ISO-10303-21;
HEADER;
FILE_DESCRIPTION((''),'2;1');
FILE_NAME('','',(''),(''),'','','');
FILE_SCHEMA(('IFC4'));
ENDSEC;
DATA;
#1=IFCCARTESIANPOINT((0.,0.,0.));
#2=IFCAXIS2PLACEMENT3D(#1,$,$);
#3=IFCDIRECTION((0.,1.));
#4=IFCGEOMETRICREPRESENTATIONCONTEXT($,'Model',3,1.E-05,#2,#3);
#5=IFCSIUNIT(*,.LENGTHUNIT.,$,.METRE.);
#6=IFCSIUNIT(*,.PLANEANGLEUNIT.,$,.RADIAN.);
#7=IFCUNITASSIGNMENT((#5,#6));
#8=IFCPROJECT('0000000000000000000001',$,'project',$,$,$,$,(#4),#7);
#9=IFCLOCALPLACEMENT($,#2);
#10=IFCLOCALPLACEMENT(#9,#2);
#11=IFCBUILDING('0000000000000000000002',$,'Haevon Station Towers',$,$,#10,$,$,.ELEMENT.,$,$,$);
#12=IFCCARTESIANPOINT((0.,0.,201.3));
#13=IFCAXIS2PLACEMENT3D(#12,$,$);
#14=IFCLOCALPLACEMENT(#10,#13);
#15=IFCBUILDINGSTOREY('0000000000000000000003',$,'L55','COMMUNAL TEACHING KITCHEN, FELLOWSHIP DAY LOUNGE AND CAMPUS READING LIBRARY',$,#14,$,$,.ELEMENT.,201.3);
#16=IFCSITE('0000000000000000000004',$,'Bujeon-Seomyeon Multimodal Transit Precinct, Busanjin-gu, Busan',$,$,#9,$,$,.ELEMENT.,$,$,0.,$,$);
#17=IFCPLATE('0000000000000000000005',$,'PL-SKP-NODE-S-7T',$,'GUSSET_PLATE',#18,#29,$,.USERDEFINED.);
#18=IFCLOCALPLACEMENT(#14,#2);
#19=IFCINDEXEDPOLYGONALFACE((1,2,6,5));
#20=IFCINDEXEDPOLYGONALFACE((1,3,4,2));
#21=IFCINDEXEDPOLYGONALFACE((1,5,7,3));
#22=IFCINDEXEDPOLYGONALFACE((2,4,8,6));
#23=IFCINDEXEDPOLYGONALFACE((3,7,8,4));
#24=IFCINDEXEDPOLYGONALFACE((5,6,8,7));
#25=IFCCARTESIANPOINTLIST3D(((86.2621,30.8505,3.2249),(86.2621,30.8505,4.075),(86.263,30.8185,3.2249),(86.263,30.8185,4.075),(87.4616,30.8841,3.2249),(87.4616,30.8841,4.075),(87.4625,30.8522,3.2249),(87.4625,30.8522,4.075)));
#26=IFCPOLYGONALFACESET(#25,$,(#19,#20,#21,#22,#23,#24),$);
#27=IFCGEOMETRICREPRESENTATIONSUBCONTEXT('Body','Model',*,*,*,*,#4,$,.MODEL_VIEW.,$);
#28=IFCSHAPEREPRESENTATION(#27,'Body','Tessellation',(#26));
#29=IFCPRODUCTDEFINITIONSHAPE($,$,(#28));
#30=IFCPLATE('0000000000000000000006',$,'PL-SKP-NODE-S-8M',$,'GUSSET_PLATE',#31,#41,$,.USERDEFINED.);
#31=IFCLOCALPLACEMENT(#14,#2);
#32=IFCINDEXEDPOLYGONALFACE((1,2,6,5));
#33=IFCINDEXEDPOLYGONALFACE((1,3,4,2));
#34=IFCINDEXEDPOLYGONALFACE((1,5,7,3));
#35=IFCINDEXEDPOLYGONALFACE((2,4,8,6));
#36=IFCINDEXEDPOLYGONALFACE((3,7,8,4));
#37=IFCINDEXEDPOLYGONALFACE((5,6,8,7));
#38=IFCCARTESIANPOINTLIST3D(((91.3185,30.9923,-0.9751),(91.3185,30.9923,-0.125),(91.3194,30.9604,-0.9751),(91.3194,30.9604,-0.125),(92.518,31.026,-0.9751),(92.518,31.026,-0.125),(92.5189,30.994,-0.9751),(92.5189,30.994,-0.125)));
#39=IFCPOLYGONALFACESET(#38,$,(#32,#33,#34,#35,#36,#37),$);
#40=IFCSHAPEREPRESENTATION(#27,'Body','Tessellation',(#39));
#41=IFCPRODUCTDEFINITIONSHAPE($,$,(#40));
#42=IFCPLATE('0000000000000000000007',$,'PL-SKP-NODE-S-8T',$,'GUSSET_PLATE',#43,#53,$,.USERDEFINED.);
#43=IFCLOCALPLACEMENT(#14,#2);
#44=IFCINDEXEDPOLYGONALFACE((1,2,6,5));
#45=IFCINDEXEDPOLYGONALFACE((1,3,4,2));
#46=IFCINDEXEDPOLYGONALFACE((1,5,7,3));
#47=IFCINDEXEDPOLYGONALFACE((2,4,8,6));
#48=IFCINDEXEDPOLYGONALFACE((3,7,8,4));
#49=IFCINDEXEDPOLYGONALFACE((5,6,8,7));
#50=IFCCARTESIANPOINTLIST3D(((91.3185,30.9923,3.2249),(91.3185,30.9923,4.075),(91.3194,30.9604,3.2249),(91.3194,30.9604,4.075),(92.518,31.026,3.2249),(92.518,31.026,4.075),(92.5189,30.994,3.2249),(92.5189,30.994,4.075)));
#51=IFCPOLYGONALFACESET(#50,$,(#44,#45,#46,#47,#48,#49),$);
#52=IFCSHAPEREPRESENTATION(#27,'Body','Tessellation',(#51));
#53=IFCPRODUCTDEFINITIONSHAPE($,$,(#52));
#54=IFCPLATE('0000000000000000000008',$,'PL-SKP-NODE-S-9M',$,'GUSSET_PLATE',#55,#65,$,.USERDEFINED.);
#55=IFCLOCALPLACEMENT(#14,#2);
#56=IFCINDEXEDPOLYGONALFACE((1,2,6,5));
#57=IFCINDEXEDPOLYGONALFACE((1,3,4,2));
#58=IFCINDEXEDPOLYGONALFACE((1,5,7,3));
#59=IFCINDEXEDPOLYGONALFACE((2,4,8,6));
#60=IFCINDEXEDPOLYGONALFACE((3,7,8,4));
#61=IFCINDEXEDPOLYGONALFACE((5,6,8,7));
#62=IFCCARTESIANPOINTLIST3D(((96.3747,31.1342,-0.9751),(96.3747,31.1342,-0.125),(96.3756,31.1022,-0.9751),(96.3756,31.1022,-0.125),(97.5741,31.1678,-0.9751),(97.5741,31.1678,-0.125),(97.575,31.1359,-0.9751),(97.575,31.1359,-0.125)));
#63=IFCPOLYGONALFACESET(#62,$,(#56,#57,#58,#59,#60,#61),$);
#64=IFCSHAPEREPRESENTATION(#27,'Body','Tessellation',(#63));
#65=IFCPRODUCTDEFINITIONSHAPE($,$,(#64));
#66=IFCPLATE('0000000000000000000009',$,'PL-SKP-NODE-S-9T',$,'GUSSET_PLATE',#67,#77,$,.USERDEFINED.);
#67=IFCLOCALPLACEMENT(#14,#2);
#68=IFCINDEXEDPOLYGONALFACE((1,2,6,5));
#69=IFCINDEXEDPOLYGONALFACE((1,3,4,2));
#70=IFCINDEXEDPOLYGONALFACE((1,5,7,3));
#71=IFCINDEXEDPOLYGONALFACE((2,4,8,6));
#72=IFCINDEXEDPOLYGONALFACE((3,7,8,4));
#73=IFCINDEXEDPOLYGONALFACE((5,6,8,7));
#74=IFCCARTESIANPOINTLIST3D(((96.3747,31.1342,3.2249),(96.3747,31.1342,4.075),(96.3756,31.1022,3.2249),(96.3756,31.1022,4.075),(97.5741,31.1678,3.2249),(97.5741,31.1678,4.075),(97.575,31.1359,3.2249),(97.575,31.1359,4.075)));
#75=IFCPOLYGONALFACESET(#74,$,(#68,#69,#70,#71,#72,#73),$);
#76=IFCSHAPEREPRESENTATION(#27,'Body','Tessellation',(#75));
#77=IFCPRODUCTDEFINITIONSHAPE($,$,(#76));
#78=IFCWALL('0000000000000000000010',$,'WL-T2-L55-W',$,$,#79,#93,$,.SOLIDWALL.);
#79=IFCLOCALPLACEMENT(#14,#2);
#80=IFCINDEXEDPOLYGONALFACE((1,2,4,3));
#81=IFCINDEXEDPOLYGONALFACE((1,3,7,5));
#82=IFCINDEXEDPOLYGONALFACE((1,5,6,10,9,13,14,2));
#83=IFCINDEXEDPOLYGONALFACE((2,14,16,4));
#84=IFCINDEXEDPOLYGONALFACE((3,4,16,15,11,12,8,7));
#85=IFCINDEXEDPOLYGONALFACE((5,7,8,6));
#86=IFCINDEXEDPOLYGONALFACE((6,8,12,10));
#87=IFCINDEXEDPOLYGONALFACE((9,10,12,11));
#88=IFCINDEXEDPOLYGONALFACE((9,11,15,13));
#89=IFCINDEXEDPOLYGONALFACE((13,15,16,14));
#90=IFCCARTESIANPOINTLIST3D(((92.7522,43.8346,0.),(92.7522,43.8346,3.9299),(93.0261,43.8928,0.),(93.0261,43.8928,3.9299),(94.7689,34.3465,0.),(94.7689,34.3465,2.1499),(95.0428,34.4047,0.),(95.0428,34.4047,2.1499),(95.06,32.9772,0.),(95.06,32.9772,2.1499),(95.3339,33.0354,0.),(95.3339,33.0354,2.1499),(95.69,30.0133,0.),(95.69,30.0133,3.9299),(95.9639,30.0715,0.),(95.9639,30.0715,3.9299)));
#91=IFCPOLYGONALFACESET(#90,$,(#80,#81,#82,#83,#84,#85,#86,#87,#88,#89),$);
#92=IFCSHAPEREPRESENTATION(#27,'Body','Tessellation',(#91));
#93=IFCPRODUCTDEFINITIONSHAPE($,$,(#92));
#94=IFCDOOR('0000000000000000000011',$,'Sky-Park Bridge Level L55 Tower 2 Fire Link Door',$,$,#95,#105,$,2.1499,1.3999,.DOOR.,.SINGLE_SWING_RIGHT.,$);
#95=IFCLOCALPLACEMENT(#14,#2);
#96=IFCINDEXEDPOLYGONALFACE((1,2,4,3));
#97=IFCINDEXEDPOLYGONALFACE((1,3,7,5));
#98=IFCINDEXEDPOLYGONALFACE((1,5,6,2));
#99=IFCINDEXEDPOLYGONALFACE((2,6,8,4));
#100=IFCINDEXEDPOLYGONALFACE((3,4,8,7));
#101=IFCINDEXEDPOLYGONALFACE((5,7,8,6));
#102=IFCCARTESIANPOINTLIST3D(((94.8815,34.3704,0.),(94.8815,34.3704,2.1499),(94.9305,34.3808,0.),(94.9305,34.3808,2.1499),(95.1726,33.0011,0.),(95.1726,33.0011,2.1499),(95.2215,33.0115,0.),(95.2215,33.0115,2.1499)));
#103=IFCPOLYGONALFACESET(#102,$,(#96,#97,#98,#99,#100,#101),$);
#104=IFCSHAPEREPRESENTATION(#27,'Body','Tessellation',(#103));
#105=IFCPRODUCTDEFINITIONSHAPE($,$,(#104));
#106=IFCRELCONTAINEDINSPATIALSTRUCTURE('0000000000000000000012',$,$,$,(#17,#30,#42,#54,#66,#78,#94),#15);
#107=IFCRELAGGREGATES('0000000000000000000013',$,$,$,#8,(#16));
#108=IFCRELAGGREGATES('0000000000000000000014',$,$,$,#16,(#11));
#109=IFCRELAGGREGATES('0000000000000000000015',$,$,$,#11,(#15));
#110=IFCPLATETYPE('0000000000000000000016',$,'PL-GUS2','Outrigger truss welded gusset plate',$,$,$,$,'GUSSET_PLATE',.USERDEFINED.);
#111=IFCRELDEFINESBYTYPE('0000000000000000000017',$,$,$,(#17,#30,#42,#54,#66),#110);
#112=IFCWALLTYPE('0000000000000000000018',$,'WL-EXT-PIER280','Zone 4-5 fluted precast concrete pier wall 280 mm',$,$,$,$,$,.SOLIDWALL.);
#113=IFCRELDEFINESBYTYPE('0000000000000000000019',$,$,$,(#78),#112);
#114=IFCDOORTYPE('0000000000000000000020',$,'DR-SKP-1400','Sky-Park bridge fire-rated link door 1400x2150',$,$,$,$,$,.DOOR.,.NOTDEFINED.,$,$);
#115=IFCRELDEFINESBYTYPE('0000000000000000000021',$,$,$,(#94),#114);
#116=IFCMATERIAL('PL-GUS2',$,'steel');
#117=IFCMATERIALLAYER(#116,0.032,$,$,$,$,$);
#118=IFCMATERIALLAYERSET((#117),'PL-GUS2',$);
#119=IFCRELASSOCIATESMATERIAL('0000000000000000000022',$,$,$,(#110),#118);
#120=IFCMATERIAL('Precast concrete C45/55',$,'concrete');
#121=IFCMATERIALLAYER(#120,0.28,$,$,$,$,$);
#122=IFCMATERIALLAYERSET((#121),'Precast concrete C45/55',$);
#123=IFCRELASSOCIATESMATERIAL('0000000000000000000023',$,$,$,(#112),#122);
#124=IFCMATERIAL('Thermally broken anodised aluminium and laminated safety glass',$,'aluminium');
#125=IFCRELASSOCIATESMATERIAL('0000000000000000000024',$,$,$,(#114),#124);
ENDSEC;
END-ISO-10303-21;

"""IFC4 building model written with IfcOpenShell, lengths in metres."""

from ifc_helpers import new_model, si_unit, direction, frame, frame_2d, origin, origin_2d, place, context, subcontext, project, spatial, rectangle, extrude, material, layer, layer_set, type_object, element, fill, save


model = new_model("IFC4")

# Units and contexts
model_context = context("Model", 3, precision=1e-05, world=origin(), true_north=direction((0.0, 1.0)))
body_context = subcontext(model_context, "Body", "Model", "MODEL_VIEW")
ifc_project = project(units=[si_unit("LENGTHUNIT", "METRE"), si_unit("PLANEANGLEUNIT", "RADIAN")], contexts=[model_context])

# Site, building, storey
site_placement = place(None, origin())
site = spatial("IfcSite", under=ifc_project, at=site_placement, Name="Bujeon-Seomyeon Multimodal Transit Precinct, Busanjin-gu, Busan", CompositionType="ELEMENT", RefElevation=0.0)
building_placement = place(site_placement, origin())
building = spatial("IfcBuilding", under=site, at=building_placement, Name="Haevon Station Towers", CompositionType="ELEMENT")
storey_placement = place(building_placement, frame((0.0, 0.0, 201.3)))
storey = spatial("IfcBuildingStorey", under=building, at=storey_placement, Name="L55", Description="COMMUNAL TEACHING KITCHEN, FELLOWSHIP DAY LOUNGE AND CAMPUS READING LIBRARY", CompositionType="ELEMENT", Elevation=201.3)

# Plates
ifc_material_1 = material(Name="PL-GUS2", Category="steel")
ifc_layer_1 = layer(ifc_material_1, 0.032)
ifc_layer_set_1 = layer_set([ifc_layer_1], Name="PL-GUS2")
plate_type = type_object("IfcPlateType", Name="PL-GUS2", Description="Outrigger truss welded gusset plate", ElementType="GUSSET_PLATE", PredefinedType="USERDEFINED", material=ifc_layer_set_1)
for number, where, z_axis, x_axis, name in (
    (1, (86.8623, 30.8513, 3.2249), (0.0, 0.0, 1.0), (0.999607, 0.028049, 0.0), "PL-SKP-NODE-S-7T"),
    (2, (91.9187, 30.9932, -0.9751), (0.0, 0.0, 1.0), (0.999607, 0.028049, 0.0), "PL-SKP-NODE-S-8M"),
    (3, (91.9187, 30.9932, 3.2249), (0.0, 0.0, 1.0), (0.999607, 0.028049, 0.0), "PL-SKP-NODE-S-8T"),
    (4, (96.9749, 31.135, -0.9751), (0.0, 0.0, 1.0), (0.999607, 0.028049, 0.0), "PL-SKP-NODE-S-9M"),
    (5, (96.9749, 31.135, 3.2249), (0.0, 0.0, 1.0), (0.999607, 0.028049, 0.0), "PL-SKP-NODE-S-9T"),
):
    element("IfcPlate", number, at=place(storey_placement, frame(where, z_axis=z_axis, x_axis=x_axis)), inside=storey, type_object=plate_type, Name=name, ObjectType="GUSSET_PLATE", PredefinedType="USERDEFINED", context=body_context, shape_type="SweptSolid", body=[
        extrude(rectangle(XDim=1.2, YDim=0.032, at=origin_2d()), origin(), (0.0, 0.0, 1.0), 0.8501),
    ])

# Wall, opening, door
ifc_material_2 = material(Name="Precast concrete C45/55", Category="concrete")
ifc_layer_2 = layer(ifc_material_2, 0.28)
ifc_layer_set_2 = layer_set([ifc_layer_2], Name="Precast concrete C45/55")
wall_type = type_object("IfcWallType", Name="WL-EXT-PIER280", Description="Zone 4-5 fluted precast concrete pier wall 280 mm", PredefinedType="SOLIDWALL", material=ifc_layer_set_2)
wall_placement = place(storey_placement, frame((95.8269, 30.0425, 0.0), z_axis=(0.0, 0.0, 1.0), x_axis=(-0.207908, 0.978148, 0.0)))
wall = element("IfcWall", 6, at=wall_placement, inside=storey, type_object=wall_type, Name="WL-T2-L55-W", PredefinedType="SOLIDWALL", context=body_context, shape_type="SweptSolid", body=[
    extrude(rectangle(XDim=14.1301, YDim=0.28, at=frame_2d((7.0649, 0.0))), origin(), (0.0, 0.0, 1.0), 3.9299),
])
opening_placement = place(wall_placement, frame((3.03, 0.0, 0.0)))
opening = element("IfcOpeningElement", 7, at=opening_placement, cuts=wall, PredefinedType="OPENING", context=body_context, shape_type="SweptSolid", body=[
    extrude(rectangle(XDim=1.3999, YDim=2.1499, at=frame_2d((0.7, 1.075))), frame((0.0, 0.1499, 0.0), z_axis=(0.0, -1.0, 0.0), x_axis=(1.0, 0.0, 0.0)), (0.0, 0.0, 1.0), 0.3),
])
ifc_material_3 = material(Name="Thermally broken anodised aluminium and laminated safety glass", Category="aluminium")
door_type = type_object("IfcDoorType", Name="DR-SKP-1400", Description="Sky-Park bridge fire-rated link door 1400x2150", OperationType="NOTDEFINED", PredefinedType="DOOR", material=ifc_material_3)
door_placement = place(opening_placement, origin())
door = element("IfcDoor", 8, at=door_placement, inside=storey, type_object=door_type, Name="Sky-Park Bridge Level L55 Tower 2 Fire Link Door", OperationType="SINGLE_SWING_RIGHT", OverallHeight=2.1499, OverallWidth=1.3999, PredefinedType="DOOR", context=body_context, shape_type="SweptSolid", body=[
    extrude(rectangle(XDim=1.3999, YDim=2.1499, at=frame_2d((0.7, 1.075))), frame((0.0, 0.0249, 0.0), z_axis=(0.0, -1.0, 0.0), x_axis=(1.0, 0.0, 0.0)), (0.0, 0.0, 1.0), 0.05),
])
fill(opening, door)

save(model, "model.ifc")
